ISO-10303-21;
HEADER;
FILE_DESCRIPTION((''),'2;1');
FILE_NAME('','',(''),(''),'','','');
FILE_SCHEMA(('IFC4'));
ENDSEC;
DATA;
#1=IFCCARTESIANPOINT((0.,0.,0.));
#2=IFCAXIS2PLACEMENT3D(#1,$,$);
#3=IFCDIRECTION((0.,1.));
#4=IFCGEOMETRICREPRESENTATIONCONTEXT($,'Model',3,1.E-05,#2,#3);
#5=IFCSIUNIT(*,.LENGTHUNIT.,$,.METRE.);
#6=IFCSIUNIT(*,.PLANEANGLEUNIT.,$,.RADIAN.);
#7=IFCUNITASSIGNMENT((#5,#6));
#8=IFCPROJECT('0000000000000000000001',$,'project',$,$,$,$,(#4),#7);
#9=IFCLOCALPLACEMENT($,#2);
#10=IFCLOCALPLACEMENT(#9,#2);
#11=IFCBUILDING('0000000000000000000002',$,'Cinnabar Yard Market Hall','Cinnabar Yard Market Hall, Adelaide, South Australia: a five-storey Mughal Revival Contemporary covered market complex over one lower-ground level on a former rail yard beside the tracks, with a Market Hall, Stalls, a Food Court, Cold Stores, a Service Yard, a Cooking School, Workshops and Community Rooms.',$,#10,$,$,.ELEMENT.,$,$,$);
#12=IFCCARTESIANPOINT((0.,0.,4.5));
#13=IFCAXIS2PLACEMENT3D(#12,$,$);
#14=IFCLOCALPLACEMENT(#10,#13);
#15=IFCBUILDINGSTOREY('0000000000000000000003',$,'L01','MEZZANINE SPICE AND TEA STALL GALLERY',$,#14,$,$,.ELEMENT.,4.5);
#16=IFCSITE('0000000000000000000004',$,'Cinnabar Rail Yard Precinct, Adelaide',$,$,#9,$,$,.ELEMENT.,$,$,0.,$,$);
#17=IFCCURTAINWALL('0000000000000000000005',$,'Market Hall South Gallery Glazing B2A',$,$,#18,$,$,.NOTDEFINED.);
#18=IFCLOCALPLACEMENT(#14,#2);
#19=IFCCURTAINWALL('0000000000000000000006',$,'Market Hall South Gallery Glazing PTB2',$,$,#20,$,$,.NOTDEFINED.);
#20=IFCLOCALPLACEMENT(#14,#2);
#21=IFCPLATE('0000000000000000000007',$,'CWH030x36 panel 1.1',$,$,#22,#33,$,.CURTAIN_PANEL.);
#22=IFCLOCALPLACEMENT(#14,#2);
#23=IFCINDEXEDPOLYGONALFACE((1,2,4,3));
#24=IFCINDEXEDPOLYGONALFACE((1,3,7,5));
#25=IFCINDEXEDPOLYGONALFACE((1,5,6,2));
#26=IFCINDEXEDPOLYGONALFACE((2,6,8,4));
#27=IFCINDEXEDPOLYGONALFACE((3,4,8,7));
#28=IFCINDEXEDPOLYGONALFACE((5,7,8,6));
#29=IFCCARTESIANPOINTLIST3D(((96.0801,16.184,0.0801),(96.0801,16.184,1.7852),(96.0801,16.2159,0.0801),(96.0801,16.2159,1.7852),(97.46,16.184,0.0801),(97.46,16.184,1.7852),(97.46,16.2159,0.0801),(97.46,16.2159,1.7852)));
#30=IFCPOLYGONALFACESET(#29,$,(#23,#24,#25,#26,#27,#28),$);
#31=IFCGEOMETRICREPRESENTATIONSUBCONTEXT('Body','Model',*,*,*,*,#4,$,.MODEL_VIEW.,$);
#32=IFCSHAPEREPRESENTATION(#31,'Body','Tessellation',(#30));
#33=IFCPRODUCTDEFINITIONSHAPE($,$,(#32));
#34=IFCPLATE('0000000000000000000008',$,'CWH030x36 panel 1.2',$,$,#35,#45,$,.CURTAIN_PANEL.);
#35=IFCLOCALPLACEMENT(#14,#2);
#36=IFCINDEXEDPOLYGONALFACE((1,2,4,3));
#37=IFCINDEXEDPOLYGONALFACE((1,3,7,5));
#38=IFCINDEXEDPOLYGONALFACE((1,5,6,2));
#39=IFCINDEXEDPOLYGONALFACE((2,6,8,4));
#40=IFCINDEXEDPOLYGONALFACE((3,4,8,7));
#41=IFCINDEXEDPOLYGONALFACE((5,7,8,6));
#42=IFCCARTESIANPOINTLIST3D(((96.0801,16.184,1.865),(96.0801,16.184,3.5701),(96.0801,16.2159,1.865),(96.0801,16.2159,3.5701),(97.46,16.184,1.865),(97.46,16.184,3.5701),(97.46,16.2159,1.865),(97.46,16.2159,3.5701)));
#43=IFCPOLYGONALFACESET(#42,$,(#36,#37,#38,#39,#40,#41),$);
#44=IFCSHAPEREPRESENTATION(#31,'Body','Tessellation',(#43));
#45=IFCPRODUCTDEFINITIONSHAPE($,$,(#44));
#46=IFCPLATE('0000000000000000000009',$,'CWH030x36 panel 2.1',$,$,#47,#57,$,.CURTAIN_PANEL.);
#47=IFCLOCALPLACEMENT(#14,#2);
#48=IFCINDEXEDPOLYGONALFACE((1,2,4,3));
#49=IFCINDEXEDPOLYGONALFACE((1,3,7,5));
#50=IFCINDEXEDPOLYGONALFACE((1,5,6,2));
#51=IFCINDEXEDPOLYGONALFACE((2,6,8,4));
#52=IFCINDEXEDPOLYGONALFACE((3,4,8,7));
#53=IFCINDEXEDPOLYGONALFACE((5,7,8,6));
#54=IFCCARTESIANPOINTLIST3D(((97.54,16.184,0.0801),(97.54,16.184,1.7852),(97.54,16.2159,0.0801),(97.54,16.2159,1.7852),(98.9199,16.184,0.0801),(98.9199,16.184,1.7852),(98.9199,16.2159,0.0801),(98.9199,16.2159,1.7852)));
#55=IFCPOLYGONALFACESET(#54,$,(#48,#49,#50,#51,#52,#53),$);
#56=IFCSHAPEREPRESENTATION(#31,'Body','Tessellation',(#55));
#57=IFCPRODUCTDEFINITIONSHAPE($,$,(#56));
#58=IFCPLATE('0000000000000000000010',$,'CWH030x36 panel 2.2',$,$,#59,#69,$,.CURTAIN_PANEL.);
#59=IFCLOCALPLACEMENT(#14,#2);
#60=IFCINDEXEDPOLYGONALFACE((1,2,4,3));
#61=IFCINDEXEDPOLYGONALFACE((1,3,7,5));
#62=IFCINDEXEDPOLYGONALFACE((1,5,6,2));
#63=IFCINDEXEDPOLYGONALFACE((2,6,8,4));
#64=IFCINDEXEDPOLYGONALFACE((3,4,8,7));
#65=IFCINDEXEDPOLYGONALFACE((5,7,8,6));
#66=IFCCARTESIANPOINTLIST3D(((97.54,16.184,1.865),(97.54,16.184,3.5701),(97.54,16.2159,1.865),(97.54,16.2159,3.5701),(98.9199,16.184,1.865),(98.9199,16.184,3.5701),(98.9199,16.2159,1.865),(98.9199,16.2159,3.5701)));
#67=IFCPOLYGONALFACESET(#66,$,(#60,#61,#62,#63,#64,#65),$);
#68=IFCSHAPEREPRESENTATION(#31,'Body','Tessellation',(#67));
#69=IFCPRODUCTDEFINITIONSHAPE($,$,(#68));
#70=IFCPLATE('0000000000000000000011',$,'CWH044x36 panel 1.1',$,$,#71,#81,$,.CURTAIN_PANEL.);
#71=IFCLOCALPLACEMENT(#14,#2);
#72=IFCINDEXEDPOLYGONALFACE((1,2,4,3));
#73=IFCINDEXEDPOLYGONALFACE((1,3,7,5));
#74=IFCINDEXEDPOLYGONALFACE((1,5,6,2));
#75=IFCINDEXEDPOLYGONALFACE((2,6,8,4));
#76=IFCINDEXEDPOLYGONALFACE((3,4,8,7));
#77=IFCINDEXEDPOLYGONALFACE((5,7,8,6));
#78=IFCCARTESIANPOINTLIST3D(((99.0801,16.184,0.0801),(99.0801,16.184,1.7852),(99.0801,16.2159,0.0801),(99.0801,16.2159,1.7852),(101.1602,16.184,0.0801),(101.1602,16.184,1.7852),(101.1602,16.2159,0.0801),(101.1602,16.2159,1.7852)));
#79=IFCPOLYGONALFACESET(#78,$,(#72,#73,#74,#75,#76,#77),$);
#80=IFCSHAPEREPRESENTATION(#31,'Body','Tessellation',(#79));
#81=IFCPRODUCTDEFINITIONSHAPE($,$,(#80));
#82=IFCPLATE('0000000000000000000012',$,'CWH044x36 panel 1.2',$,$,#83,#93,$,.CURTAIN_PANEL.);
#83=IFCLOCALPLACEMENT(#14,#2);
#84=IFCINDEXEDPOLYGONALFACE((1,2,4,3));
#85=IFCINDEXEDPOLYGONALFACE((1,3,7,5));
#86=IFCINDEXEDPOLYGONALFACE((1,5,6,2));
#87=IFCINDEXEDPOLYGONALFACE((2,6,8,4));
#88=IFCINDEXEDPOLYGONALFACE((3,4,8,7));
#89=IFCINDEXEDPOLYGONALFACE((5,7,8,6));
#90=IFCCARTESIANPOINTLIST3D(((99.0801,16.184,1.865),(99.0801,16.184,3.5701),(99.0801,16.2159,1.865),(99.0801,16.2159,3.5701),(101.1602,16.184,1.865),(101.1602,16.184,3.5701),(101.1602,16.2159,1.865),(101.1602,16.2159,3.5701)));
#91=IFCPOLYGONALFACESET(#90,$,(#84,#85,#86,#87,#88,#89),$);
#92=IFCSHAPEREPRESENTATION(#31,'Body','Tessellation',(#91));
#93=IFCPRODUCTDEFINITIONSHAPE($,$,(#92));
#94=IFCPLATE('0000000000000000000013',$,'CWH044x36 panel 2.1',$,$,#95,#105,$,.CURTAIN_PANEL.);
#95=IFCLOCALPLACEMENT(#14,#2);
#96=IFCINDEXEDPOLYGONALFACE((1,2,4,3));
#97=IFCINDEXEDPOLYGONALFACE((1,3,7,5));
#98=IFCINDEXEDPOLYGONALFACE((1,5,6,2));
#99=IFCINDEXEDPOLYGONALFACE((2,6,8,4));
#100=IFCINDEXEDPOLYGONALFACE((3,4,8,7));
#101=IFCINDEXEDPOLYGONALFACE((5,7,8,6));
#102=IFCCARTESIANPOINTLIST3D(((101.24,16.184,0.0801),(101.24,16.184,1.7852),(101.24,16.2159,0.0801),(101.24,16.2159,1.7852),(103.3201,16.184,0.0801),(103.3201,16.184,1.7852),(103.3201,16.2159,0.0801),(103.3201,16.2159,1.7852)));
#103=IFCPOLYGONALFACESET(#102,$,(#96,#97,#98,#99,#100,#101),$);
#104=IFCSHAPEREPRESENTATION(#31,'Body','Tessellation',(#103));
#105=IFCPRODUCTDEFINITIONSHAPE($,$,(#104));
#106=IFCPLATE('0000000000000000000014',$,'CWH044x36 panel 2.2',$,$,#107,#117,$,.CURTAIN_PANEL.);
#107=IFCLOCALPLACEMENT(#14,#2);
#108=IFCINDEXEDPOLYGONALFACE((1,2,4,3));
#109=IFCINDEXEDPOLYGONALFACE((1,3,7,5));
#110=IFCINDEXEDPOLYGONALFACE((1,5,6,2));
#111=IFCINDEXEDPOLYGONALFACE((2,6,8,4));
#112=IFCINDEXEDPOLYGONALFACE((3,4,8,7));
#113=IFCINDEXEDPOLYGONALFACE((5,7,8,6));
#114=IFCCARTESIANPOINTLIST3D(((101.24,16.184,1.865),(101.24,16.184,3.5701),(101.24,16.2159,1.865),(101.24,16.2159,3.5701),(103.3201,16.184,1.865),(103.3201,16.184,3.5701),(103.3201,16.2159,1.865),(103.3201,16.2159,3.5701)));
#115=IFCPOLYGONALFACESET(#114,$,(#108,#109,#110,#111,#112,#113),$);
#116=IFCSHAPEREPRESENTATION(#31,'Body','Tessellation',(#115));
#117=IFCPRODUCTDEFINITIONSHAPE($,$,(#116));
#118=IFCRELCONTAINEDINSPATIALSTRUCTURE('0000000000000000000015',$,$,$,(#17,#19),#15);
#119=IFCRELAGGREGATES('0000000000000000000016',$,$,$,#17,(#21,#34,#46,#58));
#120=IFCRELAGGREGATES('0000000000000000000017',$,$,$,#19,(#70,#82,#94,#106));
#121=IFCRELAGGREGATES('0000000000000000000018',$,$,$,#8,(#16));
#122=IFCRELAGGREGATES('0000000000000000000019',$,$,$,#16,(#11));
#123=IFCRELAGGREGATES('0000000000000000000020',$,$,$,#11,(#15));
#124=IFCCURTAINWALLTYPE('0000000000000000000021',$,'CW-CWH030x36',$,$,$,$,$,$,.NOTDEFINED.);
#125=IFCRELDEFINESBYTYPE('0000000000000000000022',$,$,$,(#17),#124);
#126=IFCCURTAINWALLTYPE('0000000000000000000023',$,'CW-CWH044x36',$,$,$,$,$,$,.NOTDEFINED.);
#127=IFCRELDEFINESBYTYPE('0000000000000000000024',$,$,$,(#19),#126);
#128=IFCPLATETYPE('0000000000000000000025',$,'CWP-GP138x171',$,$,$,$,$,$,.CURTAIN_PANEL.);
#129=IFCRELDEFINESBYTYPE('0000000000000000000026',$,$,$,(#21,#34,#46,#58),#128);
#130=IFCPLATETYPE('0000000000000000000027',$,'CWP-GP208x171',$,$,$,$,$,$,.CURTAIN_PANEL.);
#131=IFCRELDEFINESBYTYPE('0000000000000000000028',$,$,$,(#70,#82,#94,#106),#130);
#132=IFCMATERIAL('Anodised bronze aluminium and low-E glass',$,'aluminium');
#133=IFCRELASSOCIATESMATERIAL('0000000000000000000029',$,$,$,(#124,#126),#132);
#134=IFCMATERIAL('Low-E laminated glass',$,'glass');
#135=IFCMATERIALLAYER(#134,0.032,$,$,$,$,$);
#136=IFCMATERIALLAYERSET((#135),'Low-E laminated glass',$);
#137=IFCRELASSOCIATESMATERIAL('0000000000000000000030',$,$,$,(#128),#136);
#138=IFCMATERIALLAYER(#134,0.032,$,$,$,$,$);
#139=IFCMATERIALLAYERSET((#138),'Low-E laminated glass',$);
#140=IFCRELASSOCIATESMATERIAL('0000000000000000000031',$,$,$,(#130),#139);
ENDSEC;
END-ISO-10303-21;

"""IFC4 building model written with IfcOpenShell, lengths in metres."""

from ifc_helpers import new_model, si_unit, direction, frame, origin, origin_2d_with_axis, place, context, subcontext, project, spatial, rectangle, extrude, material, layer, layer_set, type_object, element, aggregate, save


model = new_model("IFC4")

# Units and contexts
model_context = context("Model", 3, precision=1e-05, world=origin(), true_north=direction((0.0, 1.0)))
body_context = subcontext(model_context, "Body", "Model", "MODEL_VIEW")
ifc_project = project(units=[si_unit("LENGTHUNIT", "METRE"), si_unit("PLANEANGLEUNIT", "RADIAN")], contexts=[model_context])

# Site, building, storey
site_placement = place(None, origin())
site = spatial("IfcSite", under=ifc_project, at=site_placement, Name="Cinnabar Rail Yard Precinct, Adelaide", CompositionType="ELEMENT", RefElevation=0.0)
building_placement = place(site_placement, origin())
building = spatial("IfcBuilding", under=site, at=building_placement, Name="Cinnabar Yard Market Hall", Description="Cinnabar Yard Market Hall, Adelaide, South Australia: a five-storey Mughal Revival Contemporary covered market complex over one lower-ground level on a former rail yard beside the tracks, with a Market Hall, Stalls, a Food Court, Cold Stores, a Service Yard, a Cooking School, Workshops and Community Rooms.", CompositionType="ELEMENT")
storey_placement = place(building_placement, frame((0.0, 0.0, 4.5)))
storey = spatial("IfcBuildingStorey", under=building, at=storey_placement, Name="L01", Description="MEZZANINE SPICE AND TEA STALL GALLERY", CompositionType="ELEMENT", Elevation=4.5)

# Curtain walls
ifc_material_1 = material(Name="Anodised bronze aluminium and low-E glass", Category="aluminium")
curtain_wall_type_1 = type_object("IfcCurtainWallType", Name="CW-CWH030x36", PredefinedType="NOTDEFINED", material=ifc_material_1)
curtain_wall_1_placement = place(storey_placement, origin())
curtain_wall_1 = element("IfcCurtainWall", 1, at=curtain_wall_1_placement, inside=storey, type_object=curtain_wall_type_1, Name="Market Hall South Gallery Glazing B2A", PredefinedType="NOTDEFINED")
curtain_wall_type_2 = type_object("IfcCurtainWallType", Name="CW-CWH044x36", PredefinedType="NOTDEFINED", material=ifc_material_1)
curtain_wall_2_placement = place(storey_placement, origin())
curtain_wall_2 = element("IfcCurtainWall", 2, at=curtain_wall_2_placement, inside=storey, type_object=curtain_wall_type_2, Name="Market Hall South Gallery Glazing PTB2", PredefinedType="NOTDEFINED")

# Plates
ifc_material_2 = material(Name="Low-E laminated glass", Category="glass")
ifc_layer_1 = layer(ifc_material_2, 0.032)
ifc_layer_set_1 = layer_set([ifc_layer_1], Name="Low-E laminated glass")
plate_type_1 = type_object("IfcPlateType", Name="CWP-GP138x171", PredefinedType="CURTAIN_PANEL", material=ifc_layer_set_1)
plate_1_placement = place(storey_placement, frame((96.77, 16.2, 0.0801), z_axis=(0.0, 0.0, 1.0), x_axis=(1.0, 0.0, 0.0)))
plate_1 = element("IfcPlate", 3, at=plate_1_placement, type_object=plate_type_1, Name="CWH030x36 panel 1.1", PredefinedType="CURTAIN_PANEL", context=body_context, shape_type="SweptSolid", body=[
    extrude(rectangle(XDim=1.3799, YDim=0.032, at=origin_2d_with_axis()), origin(), (0.0, 0.0, 1.0), 1.7051),
])
plate_2_placement = place(storey_placement, frame((96.77, 16.2, 1.865), z_axis=(0.0, 0.0, 1.0), x_axis=(1.0, 0.0, 0.0)))
plate_2 = element("IfcPlate", 4, at=plate_2_placement, type_object=plate_type_1, Name="CWH030x36 panel 1.2", PredefinedType="CURTAIN_PANEL", context=body_context, shape_type="SweptSolid", body=[
    extrude(rectangle(XDim=1.3799, YDim=0.032, at=origin_2d_with_axis()), origin(), (0.0, 0.0, 1.0), 1.7051),
])
plate_3_placement = place(storey_placement, frame((98.23, 16.2, 0.0801), z_axis=(0.0, 0.0, 1.0), x_axis=(1.0, 0.0, 0.0)))
plate_3 = element("IfcPlate", 5, at=plate_3_placement, type_object=plate_type_1, Name="CWH030x36 panel 2.1", PredefinedType="CURTAIN_PANEL", context=body_context, shape_type="SweptSolid", body=[
    extrude(rectangle(XDim=1.3799, YDim=0.032, at=origin_2d_with_axis()), origin(), (0.0, 0.0, 1.0), 1.7051),
])
plate_4_placement = place(storey_placement, frame((98.23, 16.2, 1.865), z_axis=(0.0, 0.0, 1.0), x_axis=(1.0, 0.0, 0.0)))
plate_4 = element("IfcPlate", 6, at=plate_4_placement, type_object=plate_type_1, Name="CWH030x36 panel 2.2", PredefinedType="CURTAIN_PANEL", context=body_context, shape_type="SweptSolid", body=[
    extrude(rectangle(XDim=1.3799, YDim=0.032, at=origin_2d_with_axis()), origin(), (0.0, 0.0, 1.0), 1.7051),
])
aggregate(curtain_wall_1, [plate_1, plate_2, plate_3, plate_4])
ifc_layer_2 = layer(ifc_material_2, 0.032)
ifc_layer_set_2 = layer_set([ifc_layer_2], Name="Low-E laminated glass")
plate_type_2 = type_object("IfcPlateType", Name="CWP-GP208x171", PredefinedType="CURTAIN_PANEL", material=ifc_layer_set_2)
plate_5_placement = place(storey_placement, frame((100.1201, 16.2, 0.0801), z_axis=(0.0, 0.0, 1.0), x_axis=(1.0, 0.0, 0.0)))
plate_5 = element("IfcPlate", 7, at=plate_5_placement, type_object=plate_type_2, Name="CWH044x36 panel 1.1", PredefinedType="CURTAIN_PANEL", context=body_context, shape_type="SweptSolid", body=[
    extrude(rectangle(XDim=2.0801, YDim=0.032, at=origin_2d_with_axis()), origin(), (0.0, 0.0, 1.0), 1.7051),
])
plate_6_placement = place(storey_placement, frame((100.1201, 16.2, 1.865), z_axis=(0.0, 0.0, 1.0), x_axis=(1.0, 0.0, 0.0)))
plate_6 = element("IfcPlate", 8, at=plate_6_placement, type_object=plate_type_2, Name="CWH044x36 panel 1.2", PredefinedType="CURTAIN_PANEL", context=body_context, shape_type="SweptSolid", body=[
    extrude(rectangle(XDim=2.0801, YDim=0.032, at=origin_2d_with_axis()), origin(), (0.0, 0.0, 1.0), 1.7051),
])
plate_7_placement = place(storey_placement, frame((102.28, 16.2, 0.0801), z_axis=(0.0, 0.0, 1.0), x_axis=(1.0, 0.0, 0.0)))
plate_7 = element("IfcPlate", 9, at=plate_7_placement, type_object=plate_type_2, Name="CWH044x36 panel 2.1", PredefinedType="CURTAIN_PANEL", context=body_context, shape_type="SweptSolid", body=[
    extrude(rectangle(XDim=2.0801, YDim=0.032, at=origin_2d_with_axis()), origin(), (0.0, 0.0, 1.0), 1.7051),
])
plate_8_placement = place(storey_placement, frame((102.28, 16.2, 1.865), z_axis=(0.0, 0.0, 1.0), x_axis=(1.0, 0.0, 0.0)))
plate_8 = element("IfcPlate", 10, at=plate_8_placement, type_object=plate_type_2, Name="CWH044x36 panel 2.2", PredefinedType="CURTAIN_PANEL", context=body_context, shape_type="SweptSolid", body=[
    extrude(rectangle(XDim=2.0801, YDim=0.032, at=origin_2d_with_axis()), origin(), (0.0, 0.0, 1.0), 1.7051),
])
aggregate(curtain_wall_2, [plate_5, plate_6, plate_7, plate_8])

save(model, "model.ifc")
